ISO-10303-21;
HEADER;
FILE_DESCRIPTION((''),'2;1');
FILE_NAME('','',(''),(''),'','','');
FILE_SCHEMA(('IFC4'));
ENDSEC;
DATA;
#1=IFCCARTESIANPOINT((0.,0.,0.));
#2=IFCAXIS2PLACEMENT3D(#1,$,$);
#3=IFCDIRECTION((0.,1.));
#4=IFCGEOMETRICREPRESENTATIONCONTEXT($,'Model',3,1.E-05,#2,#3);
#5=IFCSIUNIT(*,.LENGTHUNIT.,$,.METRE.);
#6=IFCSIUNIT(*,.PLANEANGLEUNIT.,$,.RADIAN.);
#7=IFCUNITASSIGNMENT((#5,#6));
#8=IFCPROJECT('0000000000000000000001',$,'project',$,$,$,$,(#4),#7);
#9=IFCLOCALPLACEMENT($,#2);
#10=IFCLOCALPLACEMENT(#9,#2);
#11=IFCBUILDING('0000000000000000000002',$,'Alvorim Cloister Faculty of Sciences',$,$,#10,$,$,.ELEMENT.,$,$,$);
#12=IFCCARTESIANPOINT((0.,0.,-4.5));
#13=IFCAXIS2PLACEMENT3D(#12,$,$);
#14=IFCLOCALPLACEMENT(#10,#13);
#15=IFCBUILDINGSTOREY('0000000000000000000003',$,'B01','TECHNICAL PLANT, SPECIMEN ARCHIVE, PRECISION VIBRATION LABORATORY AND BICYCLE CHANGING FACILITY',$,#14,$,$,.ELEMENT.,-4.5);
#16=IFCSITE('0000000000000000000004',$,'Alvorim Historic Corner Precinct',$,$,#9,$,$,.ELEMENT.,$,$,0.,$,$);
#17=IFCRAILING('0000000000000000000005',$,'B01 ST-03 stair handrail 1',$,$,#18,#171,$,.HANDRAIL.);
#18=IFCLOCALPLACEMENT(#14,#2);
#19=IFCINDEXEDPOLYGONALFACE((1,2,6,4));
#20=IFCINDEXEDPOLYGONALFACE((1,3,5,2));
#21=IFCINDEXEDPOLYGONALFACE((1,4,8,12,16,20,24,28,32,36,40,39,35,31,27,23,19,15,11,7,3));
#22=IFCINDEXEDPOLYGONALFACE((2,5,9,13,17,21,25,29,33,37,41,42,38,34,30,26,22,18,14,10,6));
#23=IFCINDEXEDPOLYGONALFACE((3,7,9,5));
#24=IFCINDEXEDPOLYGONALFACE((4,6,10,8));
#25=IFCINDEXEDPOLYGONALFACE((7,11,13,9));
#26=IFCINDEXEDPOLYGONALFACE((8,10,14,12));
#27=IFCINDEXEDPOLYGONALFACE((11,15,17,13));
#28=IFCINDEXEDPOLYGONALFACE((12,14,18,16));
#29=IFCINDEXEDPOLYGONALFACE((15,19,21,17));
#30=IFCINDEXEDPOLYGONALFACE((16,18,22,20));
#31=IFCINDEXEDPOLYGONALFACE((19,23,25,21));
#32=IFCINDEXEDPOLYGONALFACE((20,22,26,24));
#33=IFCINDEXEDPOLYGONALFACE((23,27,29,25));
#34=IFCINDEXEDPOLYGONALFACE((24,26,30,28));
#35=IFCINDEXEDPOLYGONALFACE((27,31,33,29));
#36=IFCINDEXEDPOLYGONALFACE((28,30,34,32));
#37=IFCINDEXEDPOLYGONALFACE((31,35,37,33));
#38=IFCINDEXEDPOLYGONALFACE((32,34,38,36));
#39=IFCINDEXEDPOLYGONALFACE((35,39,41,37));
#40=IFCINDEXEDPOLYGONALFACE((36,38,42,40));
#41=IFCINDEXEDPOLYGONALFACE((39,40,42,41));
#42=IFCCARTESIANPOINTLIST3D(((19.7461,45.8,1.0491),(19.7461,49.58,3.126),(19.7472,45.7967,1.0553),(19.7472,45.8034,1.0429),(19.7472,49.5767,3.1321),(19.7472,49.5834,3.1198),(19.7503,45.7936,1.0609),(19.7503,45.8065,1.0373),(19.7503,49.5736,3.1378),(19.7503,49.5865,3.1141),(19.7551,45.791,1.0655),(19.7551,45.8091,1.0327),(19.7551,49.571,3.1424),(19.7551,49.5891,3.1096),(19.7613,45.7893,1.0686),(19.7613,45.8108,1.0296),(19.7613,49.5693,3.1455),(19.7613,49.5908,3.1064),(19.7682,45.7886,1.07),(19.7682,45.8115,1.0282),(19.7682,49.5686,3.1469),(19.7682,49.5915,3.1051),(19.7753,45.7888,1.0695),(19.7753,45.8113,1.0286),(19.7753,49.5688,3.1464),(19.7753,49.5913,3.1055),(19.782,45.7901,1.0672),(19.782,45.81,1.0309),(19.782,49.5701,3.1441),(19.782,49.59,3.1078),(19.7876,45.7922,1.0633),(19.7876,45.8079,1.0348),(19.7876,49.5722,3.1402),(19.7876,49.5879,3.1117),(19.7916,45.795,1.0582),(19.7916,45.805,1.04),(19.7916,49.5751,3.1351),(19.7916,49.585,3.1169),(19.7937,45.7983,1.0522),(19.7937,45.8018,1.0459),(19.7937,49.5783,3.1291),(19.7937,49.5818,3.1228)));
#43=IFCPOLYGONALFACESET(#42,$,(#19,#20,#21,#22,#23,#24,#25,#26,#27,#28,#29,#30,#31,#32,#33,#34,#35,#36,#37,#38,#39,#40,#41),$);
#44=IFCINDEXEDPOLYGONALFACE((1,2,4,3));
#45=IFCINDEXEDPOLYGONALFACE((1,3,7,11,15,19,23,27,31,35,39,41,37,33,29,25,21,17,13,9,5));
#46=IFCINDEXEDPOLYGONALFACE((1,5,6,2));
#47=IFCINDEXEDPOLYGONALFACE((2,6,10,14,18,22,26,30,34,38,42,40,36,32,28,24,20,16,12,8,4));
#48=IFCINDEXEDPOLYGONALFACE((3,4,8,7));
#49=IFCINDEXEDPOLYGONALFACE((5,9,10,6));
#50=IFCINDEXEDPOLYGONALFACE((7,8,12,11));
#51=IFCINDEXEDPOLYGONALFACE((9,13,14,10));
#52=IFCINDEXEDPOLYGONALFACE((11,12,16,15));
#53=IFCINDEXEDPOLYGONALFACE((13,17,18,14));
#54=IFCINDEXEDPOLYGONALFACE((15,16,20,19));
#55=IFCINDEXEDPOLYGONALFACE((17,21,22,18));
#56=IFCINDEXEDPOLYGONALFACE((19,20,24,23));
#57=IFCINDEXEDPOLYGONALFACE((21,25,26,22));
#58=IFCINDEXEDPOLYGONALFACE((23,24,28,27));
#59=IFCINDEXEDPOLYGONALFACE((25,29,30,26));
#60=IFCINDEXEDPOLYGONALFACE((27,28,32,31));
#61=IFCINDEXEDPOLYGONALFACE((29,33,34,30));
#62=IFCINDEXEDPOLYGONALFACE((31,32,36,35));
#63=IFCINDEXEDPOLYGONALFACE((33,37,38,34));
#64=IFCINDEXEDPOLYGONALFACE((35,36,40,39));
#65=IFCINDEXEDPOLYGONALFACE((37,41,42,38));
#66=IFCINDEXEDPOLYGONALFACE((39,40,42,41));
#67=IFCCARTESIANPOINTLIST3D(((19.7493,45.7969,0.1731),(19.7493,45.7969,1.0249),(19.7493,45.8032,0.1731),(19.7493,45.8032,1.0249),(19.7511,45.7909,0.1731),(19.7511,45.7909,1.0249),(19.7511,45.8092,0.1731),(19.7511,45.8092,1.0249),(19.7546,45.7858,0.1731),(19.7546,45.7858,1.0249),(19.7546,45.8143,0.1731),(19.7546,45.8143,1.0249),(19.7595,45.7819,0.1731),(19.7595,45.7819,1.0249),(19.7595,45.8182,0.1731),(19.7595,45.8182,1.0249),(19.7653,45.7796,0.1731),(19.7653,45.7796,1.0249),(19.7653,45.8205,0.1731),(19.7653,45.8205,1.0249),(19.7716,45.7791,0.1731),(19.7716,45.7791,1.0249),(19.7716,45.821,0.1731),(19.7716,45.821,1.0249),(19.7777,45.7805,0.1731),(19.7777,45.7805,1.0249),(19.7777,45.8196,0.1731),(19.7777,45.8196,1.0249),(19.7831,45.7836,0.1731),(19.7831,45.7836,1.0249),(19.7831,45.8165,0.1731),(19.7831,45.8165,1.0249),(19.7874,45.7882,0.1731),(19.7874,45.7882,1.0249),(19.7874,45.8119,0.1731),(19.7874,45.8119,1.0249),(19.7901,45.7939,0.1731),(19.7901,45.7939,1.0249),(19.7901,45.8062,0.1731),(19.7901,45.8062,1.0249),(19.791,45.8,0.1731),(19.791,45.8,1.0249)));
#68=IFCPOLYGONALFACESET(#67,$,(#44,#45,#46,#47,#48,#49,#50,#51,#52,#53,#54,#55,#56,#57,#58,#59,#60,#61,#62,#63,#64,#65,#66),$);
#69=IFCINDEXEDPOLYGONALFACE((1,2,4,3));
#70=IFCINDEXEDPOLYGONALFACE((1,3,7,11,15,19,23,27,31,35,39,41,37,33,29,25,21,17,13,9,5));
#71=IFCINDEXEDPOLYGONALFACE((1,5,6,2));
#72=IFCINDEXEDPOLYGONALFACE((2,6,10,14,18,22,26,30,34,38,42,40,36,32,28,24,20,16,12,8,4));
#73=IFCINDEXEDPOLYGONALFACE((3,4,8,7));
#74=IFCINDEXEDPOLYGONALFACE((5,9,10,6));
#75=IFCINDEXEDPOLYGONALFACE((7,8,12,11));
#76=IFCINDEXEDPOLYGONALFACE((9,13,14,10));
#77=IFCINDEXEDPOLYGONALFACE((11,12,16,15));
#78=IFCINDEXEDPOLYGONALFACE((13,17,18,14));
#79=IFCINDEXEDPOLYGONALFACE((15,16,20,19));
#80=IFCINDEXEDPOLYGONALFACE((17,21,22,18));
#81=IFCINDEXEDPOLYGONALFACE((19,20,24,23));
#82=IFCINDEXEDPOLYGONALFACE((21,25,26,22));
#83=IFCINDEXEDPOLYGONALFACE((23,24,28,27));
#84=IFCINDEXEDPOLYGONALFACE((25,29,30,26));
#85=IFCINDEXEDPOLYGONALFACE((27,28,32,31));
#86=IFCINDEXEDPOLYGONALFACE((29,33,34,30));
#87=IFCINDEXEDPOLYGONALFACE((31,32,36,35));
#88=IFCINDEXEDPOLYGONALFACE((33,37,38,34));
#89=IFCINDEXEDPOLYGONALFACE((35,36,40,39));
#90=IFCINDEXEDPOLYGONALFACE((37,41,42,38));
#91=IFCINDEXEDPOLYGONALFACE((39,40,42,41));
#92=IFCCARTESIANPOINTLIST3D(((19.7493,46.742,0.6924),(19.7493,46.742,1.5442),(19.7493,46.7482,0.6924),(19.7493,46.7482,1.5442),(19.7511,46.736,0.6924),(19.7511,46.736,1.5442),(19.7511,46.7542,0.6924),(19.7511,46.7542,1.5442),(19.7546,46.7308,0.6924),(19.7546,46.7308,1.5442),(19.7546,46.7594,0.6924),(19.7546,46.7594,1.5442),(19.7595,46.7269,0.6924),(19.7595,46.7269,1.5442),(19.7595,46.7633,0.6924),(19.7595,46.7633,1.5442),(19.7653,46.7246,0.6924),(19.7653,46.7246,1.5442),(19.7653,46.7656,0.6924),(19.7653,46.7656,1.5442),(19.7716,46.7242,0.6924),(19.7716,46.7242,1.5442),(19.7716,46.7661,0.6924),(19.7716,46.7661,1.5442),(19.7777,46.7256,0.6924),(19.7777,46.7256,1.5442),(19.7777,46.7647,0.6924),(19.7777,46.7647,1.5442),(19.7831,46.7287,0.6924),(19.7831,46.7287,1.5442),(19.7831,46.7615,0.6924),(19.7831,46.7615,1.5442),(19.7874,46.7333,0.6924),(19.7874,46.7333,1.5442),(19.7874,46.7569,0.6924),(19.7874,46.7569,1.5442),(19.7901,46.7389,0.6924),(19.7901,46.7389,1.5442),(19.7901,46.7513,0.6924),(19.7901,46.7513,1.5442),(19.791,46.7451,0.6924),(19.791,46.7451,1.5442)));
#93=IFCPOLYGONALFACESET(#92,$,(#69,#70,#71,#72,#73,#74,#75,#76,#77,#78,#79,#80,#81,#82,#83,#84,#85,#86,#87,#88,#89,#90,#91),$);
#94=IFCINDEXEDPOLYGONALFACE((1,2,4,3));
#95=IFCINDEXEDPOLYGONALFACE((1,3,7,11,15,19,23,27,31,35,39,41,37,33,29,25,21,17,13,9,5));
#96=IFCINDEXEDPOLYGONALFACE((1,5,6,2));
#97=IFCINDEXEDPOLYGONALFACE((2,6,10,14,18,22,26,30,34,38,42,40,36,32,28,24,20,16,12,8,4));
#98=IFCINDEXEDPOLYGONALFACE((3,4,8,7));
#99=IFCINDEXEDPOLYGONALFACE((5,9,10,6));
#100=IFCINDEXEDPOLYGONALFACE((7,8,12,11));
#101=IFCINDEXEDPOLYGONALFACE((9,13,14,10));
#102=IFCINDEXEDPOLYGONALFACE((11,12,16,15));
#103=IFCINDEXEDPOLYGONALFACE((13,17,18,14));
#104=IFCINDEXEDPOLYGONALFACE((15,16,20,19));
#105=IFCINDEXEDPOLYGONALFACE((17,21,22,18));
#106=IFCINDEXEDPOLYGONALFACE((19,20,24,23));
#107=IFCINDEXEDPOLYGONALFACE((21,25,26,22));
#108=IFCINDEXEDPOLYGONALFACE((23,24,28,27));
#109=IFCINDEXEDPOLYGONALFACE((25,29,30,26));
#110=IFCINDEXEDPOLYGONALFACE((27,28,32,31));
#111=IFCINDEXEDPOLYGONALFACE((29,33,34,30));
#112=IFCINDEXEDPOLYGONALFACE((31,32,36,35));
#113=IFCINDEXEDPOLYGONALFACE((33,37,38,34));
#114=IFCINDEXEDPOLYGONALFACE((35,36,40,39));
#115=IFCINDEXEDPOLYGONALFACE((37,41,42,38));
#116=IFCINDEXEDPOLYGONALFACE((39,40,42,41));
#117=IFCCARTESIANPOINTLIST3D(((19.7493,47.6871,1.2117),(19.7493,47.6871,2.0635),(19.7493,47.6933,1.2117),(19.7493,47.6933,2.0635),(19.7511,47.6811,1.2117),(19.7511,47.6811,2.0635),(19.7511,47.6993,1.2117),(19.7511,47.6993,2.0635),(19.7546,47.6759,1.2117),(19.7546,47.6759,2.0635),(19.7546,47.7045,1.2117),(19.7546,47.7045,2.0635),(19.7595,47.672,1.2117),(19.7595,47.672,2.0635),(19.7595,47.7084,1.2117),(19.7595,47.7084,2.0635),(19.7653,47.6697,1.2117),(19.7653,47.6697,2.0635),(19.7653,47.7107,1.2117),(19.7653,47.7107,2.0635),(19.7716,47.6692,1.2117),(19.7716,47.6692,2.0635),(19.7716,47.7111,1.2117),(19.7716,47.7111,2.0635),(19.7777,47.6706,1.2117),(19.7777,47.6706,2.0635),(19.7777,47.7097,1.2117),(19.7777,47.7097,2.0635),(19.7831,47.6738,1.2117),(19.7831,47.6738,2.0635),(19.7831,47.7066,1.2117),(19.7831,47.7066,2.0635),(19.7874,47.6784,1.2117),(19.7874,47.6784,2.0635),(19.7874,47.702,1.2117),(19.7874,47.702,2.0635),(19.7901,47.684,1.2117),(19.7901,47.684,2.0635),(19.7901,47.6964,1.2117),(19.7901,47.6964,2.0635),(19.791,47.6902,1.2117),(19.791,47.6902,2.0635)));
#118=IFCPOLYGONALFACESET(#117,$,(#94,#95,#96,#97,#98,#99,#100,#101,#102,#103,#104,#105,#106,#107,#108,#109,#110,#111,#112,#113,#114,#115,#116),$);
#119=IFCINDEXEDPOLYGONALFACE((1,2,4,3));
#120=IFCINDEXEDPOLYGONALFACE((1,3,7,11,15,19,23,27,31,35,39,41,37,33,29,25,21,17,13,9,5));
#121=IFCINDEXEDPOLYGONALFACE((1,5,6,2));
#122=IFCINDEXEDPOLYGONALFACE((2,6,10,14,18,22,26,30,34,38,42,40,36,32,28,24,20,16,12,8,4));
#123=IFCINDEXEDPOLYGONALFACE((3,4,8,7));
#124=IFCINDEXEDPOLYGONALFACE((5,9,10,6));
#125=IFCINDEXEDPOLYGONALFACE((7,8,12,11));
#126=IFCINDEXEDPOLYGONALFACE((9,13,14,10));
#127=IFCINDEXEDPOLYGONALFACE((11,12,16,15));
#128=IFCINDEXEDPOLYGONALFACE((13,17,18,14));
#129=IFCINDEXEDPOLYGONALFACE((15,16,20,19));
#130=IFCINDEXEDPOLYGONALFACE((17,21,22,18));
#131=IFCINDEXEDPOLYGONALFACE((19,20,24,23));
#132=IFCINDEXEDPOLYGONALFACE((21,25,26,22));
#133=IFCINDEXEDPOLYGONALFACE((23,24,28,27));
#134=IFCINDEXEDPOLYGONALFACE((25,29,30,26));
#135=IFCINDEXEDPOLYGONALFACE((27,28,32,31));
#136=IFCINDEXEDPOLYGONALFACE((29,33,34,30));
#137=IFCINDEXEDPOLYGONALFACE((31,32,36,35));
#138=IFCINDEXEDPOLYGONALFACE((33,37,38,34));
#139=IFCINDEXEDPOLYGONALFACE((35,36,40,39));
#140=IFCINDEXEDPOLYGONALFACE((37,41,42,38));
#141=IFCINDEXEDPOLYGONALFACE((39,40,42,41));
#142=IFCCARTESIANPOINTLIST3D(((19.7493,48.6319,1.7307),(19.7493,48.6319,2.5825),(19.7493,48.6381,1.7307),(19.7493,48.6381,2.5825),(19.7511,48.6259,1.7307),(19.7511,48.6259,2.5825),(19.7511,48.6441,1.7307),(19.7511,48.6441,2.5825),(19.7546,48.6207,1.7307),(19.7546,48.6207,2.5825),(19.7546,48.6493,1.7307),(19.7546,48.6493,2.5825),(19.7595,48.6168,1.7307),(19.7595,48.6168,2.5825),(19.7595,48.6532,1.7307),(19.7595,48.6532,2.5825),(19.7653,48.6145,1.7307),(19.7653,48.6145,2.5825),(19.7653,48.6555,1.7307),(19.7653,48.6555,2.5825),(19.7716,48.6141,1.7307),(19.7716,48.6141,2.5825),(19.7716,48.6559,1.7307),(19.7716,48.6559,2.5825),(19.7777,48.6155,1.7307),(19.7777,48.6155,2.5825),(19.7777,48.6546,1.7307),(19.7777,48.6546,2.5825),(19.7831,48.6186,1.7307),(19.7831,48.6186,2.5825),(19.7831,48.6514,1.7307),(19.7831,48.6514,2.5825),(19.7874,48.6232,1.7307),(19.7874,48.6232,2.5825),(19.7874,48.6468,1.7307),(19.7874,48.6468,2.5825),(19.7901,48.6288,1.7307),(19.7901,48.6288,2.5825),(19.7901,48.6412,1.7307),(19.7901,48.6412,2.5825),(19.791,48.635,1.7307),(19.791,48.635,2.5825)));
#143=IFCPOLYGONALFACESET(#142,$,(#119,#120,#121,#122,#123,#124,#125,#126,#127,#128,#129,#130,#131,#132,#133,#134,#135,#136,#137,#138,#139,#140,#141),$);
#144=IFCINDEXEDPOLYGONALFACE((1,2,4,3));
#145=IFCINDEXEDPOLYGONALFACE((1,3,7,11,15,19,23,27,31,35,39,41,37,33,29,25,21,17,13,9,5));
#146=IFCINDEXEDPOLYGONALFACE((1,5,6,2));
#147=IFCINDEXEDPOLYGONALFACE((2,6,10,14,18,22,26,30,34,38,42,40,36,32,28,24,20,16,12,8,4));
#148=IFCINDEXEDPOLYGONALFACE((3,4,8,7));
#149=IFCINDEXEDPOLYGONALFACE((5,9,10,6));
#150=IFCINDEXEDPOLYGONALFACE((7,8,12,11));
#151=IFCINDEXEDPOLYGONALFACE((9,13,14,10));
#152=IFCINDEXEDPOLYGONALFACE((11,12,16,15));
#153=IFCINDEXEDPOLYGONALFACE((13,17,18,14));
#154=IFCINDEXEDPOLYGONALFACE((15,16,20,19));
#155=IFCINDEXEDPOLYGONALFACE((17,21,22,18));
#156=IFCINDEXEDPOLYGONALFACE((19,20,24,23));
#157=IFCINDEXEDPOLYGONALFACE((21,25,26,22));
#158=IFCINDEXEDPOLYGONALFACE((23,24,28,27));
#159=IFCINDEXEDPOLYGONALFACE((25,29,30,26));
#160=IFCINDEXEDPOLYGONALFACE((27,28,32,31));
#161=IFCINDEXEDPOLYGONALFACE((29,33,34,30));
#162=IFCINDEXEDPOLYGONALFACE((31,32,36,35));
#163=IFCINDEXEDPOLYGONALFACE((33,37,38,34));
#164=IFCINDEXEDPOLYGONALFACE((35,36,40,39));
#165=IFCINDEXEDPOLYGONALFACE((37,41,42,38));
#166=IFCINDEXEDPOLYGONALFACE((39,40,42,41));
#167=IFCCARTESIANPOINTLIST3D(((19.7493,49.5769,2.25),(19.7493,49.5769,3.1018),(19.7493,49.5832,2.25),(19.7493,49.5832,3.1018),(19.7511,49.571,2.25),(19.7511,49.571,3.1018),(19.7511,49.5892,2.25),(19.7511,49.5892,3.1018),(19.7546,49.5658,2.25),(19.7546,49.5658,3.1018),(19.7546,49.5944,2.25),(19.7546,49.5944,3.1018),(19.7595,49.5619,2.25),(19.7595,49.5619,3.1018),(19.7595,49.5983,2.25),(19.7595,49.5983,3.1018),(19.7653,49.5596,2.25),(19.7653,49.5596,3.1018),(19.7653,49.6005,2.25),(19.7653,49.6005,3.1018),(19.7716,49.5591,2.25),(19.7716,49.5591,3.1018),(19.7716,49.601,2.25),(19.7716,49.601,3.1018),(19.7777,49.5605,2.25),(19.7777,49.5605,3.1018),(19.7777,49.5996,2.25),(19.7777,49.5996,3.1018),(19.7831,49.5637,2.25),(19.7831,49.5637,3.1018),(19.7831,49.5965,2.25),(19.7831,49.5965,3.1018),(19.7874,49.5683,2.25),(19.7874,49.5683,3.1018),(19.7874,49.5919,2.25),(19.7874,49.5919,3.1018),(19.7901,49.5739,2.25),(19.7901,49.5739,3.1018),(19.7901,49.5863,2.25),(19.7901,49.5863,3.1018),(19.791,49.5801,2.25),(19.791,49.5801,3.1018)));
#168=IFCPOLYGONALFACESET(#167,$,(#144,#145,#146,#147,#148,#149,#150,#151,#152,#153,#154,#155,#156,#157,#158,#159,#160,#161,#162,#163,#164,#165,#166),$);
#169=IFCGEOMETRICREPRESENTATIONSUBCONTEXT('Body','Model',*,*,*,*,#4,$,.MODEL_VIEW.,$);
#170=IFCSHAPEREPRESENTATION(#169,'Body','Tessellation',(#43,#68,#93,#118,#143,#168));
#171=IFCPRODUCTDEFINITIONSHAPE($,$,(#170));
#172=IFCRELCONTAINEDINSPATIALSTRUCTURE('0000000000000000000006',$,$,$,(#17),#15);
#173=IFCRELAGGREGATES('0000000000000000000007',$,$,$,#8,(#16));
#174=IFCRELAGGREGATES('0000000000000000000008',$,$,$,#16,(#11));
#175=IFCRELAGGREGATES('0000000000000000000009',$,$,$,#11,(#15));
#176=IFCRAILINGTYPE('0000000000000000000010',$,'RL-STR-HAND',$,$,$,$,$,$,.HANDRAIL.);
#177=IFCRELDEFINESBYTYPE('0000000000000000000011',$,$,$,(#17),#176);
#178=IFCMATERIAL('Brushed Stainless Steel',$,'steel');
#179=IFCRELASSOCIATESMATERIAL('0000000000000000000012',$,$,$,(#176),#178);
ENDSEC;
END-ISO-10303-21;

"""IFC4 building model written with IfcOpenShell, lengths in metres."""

from ifc_helpers import new_model, si_unit, direction, frame, origin, origin_2d, place, context, subcontext, project, spatial, circle, extrude, material, type_object, element, save


model = new_model("IFC4")

# Units and contexts
model_context = context("Model", 3, precision=1e-05, world=origin(), true_north=direction((0.0, 1.0)))
body_context = subcontext(model_context, "Body", "Model", "MODEL_VIEW")
ifc_project = project(units=[si_unit("LENGTHUNIT", "METRE"), si_unit("PLANEANGLEUNIT", "RADIAN")], contexts=[model_context])

# Site, building, storey
site_placement = place(None, origin())
site = spatial("IfcSite", under=ifc_project, at=site_placement, Name="Alvorim Historic Corner Precinct", CompositionType="ELEMENT", RefElevation=0.0)
building_placement = place(site_placement, origin())
building = spatial("IfcBuilding", under=site, at=building_placement, Name="Alvorim Cloister Faculty of Sciences", CompositionType="ELEMENT")
storey_placement = place(building_placement, frame((0.0, 0.0, -4.5)))
storey = spatial("IfcBuildingStorey", under=building, at=storey_placement, Name="B01", Description="TECHNICAL PLANT, SPECIMEN ARCHIVE, PRECISION VIBRATION LABORATORY AND BICYCLE CHANGING FACILITY", CompositionType="ELEMENT", Elevation=-4.5)

# Shared definitions
ifc_material_1 = material(Name="Brushed Stainless Steel", Category="steel")

# Railing
railing_type_1 = type_object("IfcRailingType", Name="RL-STR-HAND", PredefinedType="HANDRAIL", material=ifc_material_1)
railing_1_placement = place(storey_placement, frame((19.77, 45.8, 0.1731)))
element("IfcRailing", 1, at=railing_1_placement, inside=storey, type_object=railing_type_1, Name="B01 ST-03 stair handrail 1", PredefinedType="HANDRAIL", context=body_context, shape_type="SweptSolid", body=[
    extrude(circle(Radius=0.0239, at=origin_2d()), frame((0.0, 0.0, 0.876), z_axis=(0.0, 0.876423, 0.481543), x_axis=(-1.0, 0.0, 0.0)), (0.0, 0.0, 1.0), 4.313),
    extrude(circle(Radius=0.021, at=origin_2d()), origin(), (0.0, 0.0, 1.0), 0.8518),
    extrude(circle(Radius=0.021, at=origin_2d()), frame((0.0, 0.9451, 0.5193)), (0.0, 0.0, 1.0), 0.8518),
    extrude(circle(Radius=0.021, at=origin_2d()), frame((0.0, 1.8901, 1.0386)), (0.0, 0.0, 1.0), 0.8518),
    extrude(circle(Radius=0.021, at=origin_2d()), frame((0.0, 2.835, 1.5576)), (0.0, 0.0, 1.0), 0.8518),
    extrude(circle(Radius=0.021, at=origin_2d()), frame((0.0, 3.78, 2.0769)), (0.0, 0.0, 1.0), 0.8518),
])

save(model, "model.ifc")
